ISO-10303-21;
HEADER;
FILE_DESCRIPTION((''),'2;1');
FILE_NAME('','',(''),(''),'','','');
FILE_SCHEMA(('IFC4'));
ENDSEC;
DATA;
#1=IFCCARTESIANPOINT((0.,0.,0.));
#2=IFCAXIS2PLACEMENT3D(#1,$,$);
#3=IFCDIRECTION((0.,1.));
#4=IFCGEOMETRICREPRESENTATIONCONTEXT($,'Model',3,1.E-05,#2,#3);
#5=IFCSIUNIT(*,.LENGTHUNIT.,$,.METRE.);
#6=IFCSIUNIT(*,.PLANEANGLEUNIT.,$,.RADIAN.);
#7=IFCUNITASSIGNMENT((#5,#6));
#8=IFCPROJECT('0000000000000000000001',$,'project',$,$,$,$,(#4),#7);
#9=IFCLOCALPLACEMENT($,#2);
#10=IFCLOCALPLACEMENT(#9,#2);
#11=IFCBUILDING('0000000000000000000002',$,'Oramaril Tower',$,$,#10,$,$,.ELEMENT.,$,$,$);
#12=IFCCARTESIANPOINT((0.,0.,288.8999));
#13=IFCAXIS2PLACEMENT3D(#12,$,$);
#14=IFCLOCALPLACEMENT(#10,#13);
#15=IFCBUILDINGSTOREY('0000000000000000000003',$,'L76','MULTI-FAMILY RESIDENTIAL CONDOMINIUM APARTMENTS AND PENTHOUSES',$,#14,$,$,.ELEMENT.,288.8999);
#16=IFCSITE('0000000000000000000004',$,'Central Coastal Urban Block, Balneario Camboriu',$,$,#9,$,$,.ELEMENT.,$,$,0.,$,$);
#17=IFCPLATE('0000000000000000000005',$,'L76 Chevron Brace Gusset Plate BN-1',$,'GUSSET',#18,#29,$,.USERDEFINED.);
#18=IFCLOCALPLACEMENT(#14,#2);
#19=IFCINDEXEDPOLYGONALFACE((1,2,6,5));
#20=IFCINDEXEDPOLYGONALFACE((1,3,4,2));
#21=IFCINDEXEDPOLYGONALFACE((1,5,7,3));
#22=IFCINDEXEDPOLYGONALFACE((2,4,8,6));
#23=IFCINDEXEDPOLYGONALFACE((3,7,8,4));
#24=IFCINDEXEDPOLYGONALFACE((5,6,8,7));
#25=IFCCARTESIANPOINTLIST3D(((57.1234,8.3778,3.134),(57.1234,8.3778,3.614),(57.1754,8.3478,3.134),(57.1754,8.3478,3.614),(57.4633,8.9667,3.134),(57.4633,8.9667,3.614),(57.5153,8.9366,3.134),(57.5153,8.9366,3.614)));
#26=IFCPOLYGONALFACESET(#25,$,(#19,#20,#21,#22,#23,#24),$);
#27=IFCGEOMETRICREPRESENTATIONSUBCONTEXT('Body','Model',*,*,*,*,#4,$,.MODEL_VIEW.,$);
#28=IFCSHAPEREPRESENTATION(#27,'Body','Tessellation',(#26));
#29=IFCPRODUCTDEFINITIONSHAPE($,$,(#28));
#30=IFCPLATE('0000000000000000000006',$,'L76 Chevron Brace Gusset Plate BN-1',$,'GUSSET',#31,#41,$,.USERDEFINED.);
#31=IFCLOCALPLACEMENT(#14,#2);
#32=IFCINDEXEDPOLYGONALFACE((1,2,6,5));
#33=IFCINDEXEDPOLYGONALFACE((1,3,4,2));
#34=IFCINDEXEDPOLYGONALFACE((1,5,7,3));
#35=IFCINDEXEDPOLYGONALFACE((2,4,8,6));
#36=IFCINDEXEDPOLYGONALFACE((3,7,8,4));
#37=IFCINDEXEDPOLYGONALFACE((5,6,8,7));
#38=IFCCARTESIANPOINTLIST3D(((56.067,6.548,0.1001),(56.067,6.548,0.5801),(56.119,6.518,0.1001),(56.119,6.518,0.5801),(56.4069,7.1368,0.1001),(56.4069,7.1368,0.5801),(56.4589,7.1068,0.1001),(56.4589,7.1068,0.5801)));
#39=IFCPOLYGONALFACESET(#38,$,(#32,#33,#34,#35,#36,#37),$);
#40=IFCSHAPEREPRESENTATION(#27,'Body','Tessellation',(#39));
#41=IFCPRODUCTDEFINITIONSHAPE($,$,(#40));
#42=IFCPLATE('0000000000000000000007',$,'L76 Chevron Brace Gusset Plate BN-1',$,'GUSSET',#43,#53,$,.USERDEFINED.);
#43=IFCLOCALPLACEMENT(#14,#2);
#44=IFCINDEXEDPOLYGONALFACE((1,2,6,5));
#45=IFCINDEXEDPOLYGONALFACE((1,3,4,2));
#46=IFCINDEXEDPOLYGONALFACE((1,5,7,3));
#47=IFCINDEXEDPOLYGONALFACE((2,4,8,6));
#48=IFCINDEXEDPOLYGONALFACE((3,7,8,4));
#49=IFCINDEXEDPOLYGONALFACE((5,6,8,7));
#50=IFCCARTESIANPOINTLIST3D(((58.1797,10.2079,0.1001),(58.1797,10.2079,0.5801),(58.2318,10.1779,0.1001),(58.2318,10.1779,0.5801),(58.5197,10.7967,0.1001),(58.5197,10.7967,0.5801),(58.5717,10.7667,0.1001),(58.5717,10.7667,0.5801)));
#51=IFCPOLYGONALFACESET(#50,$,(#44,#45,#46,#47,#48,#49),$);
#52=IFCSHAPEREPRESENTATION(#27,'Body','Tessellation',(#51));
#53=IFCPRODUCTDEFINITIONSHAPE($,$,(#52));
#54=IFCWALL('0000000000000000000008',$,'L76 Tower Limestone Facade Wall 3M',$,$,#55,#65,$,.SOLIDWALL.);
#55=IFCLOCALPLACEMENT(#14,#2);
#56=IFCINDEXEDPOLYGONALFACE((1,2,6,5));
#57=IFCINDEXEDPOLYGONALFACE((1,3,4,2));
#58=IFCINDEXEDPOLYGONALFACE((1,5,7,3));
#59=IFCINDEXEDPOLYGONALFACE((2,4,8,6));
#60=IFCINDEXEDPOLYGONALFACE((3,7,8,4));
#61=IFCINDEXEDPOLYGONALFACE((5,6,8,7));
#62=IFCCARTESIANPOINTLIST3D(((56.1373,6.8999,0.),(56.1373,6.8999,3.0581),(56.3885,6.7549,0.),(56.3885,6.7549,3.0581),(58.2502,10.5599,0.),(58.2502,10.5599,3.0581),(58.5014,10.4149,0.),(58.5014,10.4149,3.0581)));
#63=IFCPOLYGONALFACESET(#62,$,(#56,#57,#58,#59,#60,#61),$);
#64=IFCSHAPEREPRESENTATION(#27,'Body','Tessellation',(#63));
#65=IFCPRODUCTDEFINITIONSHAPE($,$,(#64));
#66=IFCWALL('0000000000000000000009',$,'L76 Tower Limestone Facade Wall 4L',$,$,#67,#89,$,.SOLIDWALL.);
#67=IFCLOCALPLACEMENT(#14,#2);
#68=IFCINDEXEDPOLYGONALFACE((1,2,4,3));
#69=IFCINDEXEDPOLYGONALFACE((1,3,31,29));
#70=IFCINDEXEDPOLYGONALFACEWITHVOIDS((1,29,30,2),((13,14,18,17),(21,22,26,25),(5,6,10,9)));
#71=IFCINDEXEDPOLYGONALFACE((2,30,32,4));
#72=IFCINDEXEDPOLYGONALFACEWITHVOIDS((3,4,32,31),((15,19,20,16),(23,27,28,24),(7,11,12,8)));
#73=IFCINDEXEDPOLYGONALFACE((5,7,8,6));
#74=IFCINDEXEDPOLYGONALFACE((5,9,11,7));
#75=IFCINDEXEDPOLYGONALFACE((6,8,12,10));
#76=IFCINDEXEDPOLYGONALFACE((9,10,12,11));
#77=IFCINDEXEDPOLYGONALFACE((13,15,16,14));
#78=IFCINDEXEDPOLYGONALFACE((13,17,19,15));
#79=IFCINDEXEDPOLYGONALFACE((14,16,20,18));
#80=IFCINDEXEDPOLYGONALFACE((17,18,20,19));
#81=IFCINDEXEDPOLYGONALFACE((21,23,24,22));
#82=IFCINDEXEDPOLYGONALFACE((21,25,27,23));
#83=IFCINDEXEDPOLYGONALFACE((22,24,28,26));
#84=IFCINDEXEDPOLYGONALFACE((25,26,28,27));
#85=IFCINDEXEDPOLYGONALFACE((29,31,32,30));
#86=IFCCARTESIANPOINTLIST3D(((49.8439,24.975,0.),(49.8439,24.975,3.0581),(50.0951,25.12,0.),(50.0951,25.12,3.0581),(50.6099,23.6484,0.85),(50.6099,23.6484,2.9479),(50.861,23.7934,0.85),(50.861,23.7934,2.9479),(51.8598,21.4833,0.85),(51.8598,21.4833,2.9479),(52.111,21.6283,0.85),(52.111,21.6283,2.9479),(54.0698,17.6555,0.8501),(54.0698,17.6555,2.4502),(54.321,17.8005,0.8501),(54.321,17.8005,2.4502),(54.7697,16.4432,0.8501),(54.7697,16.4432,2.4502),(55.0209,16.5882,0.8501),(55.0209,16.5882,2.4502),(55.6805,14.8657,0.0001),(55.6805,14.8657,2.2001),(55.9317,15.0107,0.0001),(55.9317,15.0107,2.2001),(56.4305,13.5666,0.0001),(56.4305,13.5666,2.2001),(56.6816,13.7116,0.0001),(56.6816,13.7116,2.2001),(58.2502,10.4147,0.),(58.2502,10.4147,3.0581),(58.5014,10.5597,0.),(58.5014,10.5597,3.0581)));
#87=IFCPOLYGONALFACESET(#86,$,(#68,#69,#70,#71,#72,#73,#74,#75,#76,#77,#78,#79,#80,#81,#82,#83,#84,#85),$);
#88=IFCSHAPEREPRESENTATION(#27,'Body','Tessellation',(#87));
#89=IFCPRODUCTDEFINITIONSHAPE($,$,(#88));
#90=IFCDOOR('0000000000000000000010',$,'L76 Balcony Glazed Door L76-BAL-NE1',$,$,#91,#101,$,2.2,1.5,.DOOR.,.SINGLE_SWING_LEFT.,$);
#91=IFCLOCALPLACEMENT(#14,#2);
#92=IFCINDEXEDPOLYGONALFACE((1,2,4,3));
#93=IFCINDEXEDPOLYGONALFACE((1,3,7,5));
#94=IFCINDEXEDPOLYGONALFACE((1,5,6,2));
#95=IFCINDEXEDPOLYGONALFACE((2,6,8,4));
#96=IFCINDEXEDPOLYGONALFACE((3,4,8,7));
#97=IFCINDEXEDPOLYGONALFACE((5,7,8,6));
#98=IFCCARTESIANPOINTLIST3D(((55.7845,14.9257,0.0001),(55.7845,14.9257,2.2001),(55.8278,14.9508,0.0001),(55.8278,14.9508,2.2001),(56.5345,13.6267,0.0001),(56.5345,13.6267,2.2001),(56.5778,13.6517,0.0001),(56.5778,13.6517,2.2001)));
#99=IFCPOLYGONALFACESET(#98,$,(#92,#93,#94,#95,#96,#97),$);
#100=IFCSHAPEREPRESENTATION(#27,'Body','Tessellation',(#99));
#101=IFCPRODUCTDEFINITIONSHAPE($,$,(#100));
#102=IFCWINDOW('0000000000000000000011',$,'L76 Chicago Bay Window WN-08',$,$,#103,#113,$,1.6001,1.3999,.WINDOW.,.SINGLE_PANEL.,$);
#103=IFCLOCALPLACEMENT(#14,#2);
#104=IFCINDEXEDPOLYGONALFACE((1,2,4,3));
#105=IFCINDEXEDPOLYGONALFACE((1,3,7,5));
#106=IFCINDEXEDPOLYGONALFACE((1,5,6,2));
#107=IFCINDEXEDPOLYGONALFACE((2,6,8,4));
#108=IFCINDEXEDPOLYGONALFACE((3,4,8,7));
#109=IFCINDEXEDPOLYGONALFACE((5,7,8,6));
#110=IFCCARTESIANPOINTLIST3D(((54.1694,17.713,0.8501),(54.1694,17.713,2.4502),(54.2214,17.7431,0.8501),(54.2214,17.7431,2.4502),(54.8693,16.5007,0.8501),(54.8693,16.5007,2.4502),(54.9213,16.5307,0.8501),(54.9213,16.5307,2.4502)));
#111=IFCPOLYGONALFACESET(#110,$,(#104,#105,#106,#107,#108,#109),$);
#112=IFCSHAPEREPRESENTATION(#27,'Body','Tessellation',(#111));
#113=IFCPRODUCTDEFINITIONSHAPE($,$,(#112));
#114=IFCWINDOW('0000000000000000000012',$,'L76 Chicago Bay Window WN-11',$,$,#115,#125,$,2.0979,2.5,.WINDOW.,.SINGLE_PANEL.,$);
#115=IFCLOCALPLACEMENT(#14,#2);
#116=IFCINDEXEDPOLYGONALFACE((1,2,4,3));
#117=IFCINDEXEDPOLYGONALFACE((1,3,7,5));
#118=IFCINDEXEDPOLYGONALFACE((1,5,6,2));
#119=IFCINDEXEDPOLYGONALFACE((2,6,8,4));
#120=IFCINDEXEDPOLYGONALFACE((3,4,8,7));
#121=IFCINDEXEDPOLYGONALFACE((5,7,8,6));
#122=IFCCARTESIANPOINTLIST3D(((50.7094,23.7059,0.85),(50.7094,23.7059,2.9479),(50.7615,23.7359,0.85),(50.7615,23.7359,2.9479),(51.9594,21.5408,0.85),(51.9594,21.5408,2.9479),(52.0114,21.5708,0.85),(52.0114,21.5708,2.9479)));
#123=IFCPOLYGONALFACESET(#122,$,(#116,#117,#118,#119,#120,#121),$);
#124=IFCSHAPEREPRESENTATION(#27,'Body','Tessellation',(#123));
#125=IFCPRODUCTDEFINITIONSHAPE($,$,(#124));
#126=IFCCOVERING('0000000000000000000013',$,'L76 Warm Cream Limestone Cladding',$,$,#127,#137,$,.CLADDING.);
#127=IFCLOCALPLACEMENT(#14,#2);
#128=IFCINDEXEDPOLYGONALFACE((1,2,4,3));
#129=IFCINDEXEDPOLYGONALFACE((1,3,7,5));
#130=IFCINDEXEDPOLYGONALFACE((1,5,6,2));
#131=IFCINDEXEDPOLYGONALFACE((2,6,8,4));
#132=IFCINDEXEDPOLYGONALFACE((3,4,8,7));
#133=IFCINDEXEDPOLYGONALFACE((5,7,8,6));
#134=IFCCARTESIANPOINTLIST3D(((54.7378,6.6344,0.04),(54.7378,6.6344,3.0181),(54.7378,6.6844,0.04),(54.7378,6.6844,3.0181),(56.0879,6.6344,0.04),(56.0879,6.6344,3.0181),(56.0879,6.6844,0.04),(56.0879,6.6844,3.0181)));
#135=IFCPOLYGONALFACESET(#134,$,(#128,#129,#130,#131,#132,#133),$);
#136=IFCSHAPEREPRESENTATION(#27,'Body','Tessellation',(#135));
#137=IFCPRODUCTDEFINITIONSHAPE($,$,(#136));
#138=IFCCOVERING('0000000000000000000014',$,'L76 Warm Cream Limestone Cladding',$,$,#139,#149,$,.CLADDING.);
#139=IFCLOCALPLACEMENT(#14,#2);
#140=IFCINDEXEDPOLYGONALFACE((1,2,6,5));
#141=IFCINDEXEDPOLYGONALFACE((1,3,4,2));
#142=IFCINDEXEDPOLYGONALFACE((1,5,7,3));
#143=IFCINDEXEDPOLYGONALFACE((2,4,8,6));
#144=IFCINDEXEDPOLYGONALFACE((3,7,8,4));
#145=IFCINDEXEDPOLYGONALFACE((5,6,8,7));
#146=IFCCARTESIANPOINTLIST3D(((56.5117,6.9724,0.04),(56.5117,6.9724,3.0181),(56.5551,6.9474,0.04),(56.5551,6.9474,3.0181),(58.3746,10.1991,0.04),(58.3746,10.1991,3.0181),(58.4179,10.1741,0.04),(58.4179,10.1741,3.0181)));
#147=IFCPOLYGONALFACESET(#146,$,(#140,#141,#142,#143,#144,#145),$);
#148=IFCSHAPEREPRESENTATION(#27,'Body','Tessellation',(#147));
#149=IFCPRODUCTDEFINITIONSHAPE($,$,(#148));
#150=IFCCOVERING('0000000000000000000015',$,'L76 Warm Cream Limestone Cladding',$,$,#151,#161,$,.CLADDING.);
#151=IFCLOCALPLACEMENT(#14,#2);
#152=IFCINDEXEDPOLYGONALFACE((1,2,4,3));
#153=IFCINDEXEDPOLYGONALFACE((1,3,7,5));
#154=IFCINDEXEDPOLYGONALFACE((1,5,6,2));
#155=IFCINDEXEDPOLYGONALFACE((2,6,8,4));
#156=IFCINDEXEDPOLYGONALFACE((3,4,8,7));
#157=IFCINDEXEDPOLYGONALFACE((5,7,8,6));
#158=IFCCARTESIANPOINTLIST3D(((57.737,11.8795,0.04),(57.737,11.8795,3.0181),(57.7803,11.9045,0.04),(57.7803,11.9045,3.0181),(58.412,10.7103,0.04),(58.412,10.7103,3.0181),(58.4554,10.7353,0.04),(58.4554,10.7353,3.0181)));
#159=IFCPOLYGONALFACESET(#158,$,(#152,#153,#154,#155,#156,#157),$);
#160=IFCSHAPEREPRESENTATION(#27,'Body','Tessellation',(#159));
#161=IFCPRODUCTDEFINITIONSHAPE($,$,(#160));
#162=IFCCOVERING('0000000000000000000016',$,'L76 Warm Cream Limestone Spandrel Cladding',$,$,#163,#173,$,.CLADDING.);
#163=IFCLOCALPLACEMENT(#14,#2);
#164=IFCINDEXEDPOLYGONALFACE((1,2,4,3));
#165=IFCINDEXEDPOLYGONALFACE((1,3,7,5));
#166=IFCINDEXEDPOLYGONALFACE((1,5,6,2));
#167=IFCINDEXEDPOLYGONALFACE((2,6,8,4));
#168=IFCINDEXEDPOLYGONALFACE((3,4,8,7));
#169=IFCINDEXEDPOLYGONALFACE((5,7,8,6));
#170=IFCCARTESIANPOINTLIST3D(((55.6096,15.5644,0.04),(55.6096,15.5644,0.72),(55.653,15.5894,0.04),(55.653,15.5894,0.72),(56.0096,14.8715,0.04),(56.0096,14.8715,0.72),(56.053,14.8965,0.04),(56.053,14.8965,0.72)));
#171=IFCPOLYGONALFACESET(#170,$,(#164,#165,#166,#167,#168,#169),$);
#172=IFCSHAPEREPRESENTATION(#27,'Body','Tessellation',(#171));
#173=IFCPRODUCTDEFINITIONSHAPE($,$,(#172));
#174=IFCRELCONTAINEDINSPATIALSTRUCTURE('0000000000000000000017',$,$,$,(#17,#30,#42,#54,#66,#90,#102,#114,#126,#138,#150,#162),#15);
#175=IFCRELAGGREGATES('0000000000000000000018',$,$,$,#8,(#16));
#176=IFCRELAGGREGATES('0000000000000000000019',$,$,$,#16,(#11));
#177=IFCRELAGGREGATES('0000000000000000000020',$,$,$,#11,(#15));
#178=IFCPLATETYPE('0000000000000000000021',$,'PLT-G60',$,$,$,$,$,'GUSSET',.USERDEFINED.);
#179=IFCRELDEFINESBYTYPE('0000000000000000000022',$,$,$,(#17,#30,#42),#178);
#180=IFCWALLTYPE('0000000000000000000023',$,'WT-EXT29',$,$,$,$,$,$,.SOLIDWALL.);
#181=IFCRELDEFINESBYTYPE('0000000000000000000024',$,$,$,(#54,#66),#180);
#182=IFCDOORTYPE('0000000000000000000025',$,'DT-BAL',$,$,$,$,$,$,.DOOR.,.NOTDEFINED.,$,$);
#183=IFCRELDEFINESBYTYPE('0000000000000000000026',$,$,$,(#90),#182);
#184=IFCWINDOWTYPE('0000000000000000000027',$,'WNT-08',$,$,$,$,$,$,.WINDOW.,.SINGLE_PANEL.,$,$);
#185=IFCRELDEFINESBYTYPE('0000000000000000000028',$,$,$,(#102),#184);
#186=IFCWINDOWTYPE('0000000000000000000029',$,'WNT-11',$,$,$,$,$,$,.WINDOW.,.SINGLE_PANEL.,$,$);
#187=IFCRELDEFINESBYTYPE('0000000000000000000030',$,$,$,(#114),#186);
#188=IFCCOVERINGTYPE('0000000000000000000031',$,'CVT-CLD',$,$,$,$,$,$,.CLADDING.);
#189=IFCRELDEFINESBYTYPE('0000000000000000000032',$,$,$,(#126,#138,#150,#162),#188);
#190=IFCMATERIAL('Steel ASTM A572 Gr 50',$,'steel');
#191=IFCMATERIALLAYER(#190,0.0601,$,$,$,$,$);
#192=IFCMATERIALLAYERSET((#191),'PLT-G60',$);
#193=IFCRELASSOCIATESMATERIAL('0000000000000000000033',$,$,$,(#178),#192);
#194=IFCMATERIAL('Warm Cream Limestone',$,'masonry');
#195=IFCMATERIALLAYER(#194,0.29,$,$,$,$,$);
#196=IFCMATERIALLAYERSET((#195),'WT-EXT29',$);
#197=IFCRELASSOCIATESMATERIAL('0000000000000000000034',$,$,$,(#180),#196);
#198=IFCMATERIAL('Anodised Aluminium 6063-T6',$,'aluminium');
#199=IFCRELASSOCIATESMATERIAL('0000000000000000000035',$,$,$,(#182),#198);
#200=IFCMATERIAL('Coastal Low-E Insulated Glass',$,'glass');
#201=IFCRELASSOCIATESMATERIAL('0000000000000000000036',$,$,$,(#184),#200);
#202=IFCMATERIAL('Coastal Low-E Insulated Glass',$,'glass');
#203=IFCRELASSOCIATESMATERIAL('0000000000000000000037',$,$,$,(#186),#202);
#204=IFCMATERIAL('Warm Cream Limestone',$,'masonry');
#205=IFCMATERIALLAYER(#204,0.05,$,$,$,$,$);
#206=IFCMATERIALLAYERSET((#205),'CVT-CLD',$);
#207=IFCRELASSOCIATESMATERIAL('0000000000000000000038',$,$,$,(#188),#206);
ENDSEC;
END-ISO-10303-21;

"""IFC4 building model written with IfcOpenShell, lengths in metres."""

from ifc_helpers import new_model, si_unit, direction, frame, frame_2d, origin, origin_2d, place, context, subcontext, project, spatial, rectangle, extrude, material, layer, layer_set, type_object, element, fill, save


model = new_model("IFC4")

# Units and contexts
model_context = context("Model", 3, precision=1e-05, world=origin(), true_north=direction((0.0, 1.0)))
body_context = subcontext(model_context, "Body", "Model", "MODEL_VIEW")
ifc_project = project(units=[si_unit("LENGTHUNIT", "METRE"), si_unit("PLANEANGLEUNIT", "RADIAN")], contexts=[model_context])

# Site, building, storey
site_placement = place(None, origin())
site = spatial("IfcSite", under=ifc_project, at=site_placement, Name="Central Coastal Urban Block, Balneario Camboriu", CompositionType="ELEMENT", RefElevation=0.0)
building_placement = place(site_placement, origin())
building = spatial("IfcBuilding", under=site, at=building_placement, Name="Oramaril Tower", CompositionType="ELEMENT")
storey_placement = place(building_placement, frame((0.0, 0.0, 288.8999)))
storey = spatial("IfcBuildingStorey", under=building, at=storey_placement, Name="L76", Description="MULTI-FAMILY RESIDENTIAL CONDOMINIUM APARTMENTS AND PENTHOUSES", CompositionType="ELEMENT", Elevation=288.8999)

# Plates
ifc_material_1 = material(Name="Steel ASTM A572 Gr 50", Category="steel")
ifc_layer_1 = layer(ifc_material_1, 0.0601)
ifc_layer_set_1 = layer_set([ifc_layer_1], Name="PLT-G60")
plate_type = type_object("IfcPlateType", Name="PLT-G60", ElementType="GUSSET", PredefinedType="USERDEFINED", material=ifc_layer_set_1)
for number, where, z_axis, x_axis, name in (
    (1, (57.3193, 8.6572, 3.134), (0.0, 0.0, 1.0), (0.499985, 0.866034, 0.0), "L76 Chevron Brace Gusset Plate BN-1"),
    (2, (56.2629, 6.8274, 0.1001), (0.0, 0.0, 1.0), (0.499985, 0.866034, 0.0), "L76 Chevron Brace Gusset Plate BN-1"),
    (3, (58.3757, 10.4873, 0.1001), (0.0, 0.0, 1.0), (0.499985, 0.866034, 0.0), "L76 Chevron Brace Gusset Plate BN-1"),
):
    element("IfcPlate", number, at=place(storey_placement, frame(where, z_axis=z_axis, x_axis=x_axis)), inside=storey, type_object=plate_type, Name=name, ObjectType="GUSSET", PredefinedType="USERDEFINED", context=body_context, shape_type="SweptSolid", body=[
        extrude(rectangle(XDim=0.6799, YDim=0.0601, at=origin_2d()), origin(), (0.0, 0.0, 1.0), 0.48),
    ])

# Wall
ifc_material_2 = material(Name="Warm Cream Limestone", Category="masonry")
ifc_layer_2 = layer(ifc_material_2, 0.29)
ifc_layer_set_2 = layer_set([ifc_layer_2], Name="WT-EXT29")
wall_type = type_object("IfcWallType", Name="WT-EXT29", PredefinedType="SOLIDWALL", material=ifc_layer_set_2)
wall_1_placement = place(storey_placement, frame((56.2629, 6.8274, 0.0), z_axis=(0.0, 0.0, 1.0), x_axis=(0.499954, 0.866052, 0.0)))
element("IfcWall", 4, at=wall_1_placement, inside=storey, type_object=wall_type, Name="L76 Tower Limestone Facade Wall 3M", PredefinedType="SOLIDWALL", context=body_context, shape_type="SweptSolid", body=[
    extrude(rectangle(XDim=4.2261, YDim=0.29, at=frame_2d((2.113, 0.0))), origin(), (0.0, 0.0, 1.0), 3.0581),
])

# Wall, openings, door, windows
wall_2_placement = place(storey_placement, frame((58.3757, 10.4873, 0.0), z_axis=(0.0, 0.0, 1.0), x_axis=(-0.499994, 0.866029, 0.0)))
wall_2 = element("IfcWall", 5, at=wall_2_placement, inside=storey, type_object=wall_type, Name="L76 Tower Limestone Facade Wall 4L", PredefinedType="SOLIDWALL", context=body_context, shape_type="SweptSolid", body=[
    extrude(rectangle(XDim=16.8127, YDim=0.29, at=frame_2d((8.4062, 0.0))), origin(), (0.0, 0.0, 1.0), 3.0581),
])
opening_1_placement = place(wall_2_placement, frame((3.6394, 0.0, 0.0)))
opening_1 = element("IfcOpeningElement", 6, at=opening_1_placement, cuts=wall_2, PredefinedType="OPENING", context=body_context, shape_type="SweptSolid", body=[
    extrude(rectangle(XDim=1.5, YDim=2.2, at=frame_2d((0.75, 1.1001))), frame((0.0, 0.145, 0.0), z_axis=(0.0, -1.0, 0.0), x_axis=(1.0, 0.0, 0.0)), (0.0, 0.0, 1.0), 0.29),
])
opening_2_placement = place(wall_2_placement, frame((6.9609, 0.0, 0.8501)))
opening_2 = element("IfcOpeningElement", 7, at=opening_2_placement, cuts=wall_2, PredefinedType="OPENING", context=body_context, shape_type="SweptSolid", body=[
    extrude(rectangle(XDim=1.3999, YDim=1.6001, at=frame_2d((0.7, 0.8))), frame((0.0, 0.145, 0.0), z_axis=(0.0, -1.0, 0.0), x_axis=(1.0, 0.0, 0.0)), (0.0, 0.0, 1.0), 0.29),
])
opening_3_placement = place(wall_2_placement, frame((12.7808, 0.0, 0.8501)))
opening_3 = element("IfcOpeningElement", 8, at=opening_3_placement, cuts=wall_2, PredefinedType="OPENING", context=body_context, shape_type="SweptSolid", body=[
    extrude(rectangle(XDim=2.5, YDim=2.0979, at=frame_2d((1.25, 1.0488))), frame((0.0, 0.145, 0.0), z_axis=(0.0, -1.0, 0.0), x_axis=(1.0, 0.0, 0.0)), (0.0, 0.0, 1.0), 0.29),
])
ifc_material_3 = material(Name="Anodised Aluminium 6063-T6", Category="aluminium")
door_type = type_object("IfcDoorType", Name="DT-BAL", OperationType="NOTDEFINED", PredefinedType="DOOR", material=ifc_material_3)
door_placement = place(opening_1_placement, origin())
door = element("IfcDoor", 9, at=door_placement, inside=storey, type_object=door_type, Name="L76 Balcony Glazed Door L76-BAL-NE1", OperationType="SINGLE_SWING_LEFT", OverallHeight=2.2, OverallWidth=1.5, PredefinedType="DOOR", context=body_context, shape_type="SweptSolid", body=[
    extrude(rectangle(XDim=1.5, YDim=2.2, at=frame_2d((0.75, 1.1001))), frame((0.0, 0.0249, 0.0), z_axis=(0.0, -1.0, 0.0), x_axis=(1.0, 0.0, 0.0)), (0.0, 0.0, 1.0), 0.05),
])
fill(opening_1, door)
ifc_material_4 = material(Name="Coastal Low-E Insulated Glass", Category="glass")
window_type_1 = type_object("IfcWindowType", Name="WNT-08", PartitioningType="SINGLE_PANEL", PredefinedType="WINDOW", material=ifc_material_4)
window_1_placement = place(opening_2_placement, origin())
window_1 = element("IfcWindow", 10, at=window_1_placement, inside=storey, type_object=window_type_1, Name="L76 Chicago Bay Window WN-08", OverallHeight=1.6001, OverallWidth=1.3999, PartitioningType="SINGLE_PANEL", PredefinedType="WINDOW", context=body_context, shape_type="SweptSolid", body=[
    extrude(rectangle(XDim=1.3999, YDim=1.6001, at=frame_2d((0.7, 0.8))), frame((0.0, 0.03, 0.0), z_axis=(0.0, -1.0, 0.0), x_axis=(1.0, 0.0, 0.0)), (0.0, 0.0, 1.0), 0.0601),
])
fill(opening_2, window_1)
ifc_material_5 = material(Name="Coastal Low-E Insulated Glass", Category="glass")
window_type_2 = type_object("IfcWindowType", Name="WNT-11", PartitioningType="SINGLE_PANEL", PredefinedType="WINDOW", material=ifc_material_5)
window_2_placement = place(opening_3_placement, origin())
window_2 = element("IfcWindow", 11, at=window_2_placement, inside=storey, type_object=window_type_2, Name="L76 Chicago Bay Window WN-11", OverallHeight=2.0979, OverallWidth=2.5, PartitioningType="SINGLE_PANEL", PredefinedType="WINDOW", context=body_context, shape_type="SweptSolid", body=[
    extrude(rectangle(XDim=2.5, YDim=2.0979, at=frame_2d((1.25, 1.0488))), frame((0.0, 0.03, 0.0), z_axis=(0.0, -1.0, 0.0), x_axis=(1.0, 0.0, 0.0)), (0.0, 0.0, 1.0), 0.0601),
])
fill(opening_3, window_2)

# Coverings
ifc_material_6 = material(Name="Warm Cream Limestone", Category="masonry")
ifc_layer_3 = layer(ifc_material_6, 0.05)
ifc_layer_set_3 = layer_set([ifc_layer_3], Name="CVT-CLD")
covering_type = type_object("IfcCoveringType", Name="CVT-CLD", PredefinedType="CLADDING", material=ifc_layer_set_3)
covering_1_placement = place(storey_placement, frame((55.4128, 6.6594, 0.04), z_axis=(0.0, 0.0, 1.0), x_axis=(1.0, 0.0, 0.0)))
element("IfcCovering", 12, at=covering_1_placement, inside=storey, type_object=covering_type, Name="L76 Warm Cream Limestone Cladding", PredefinedType="CLADDING", context=body_context, shape_type="SweptSolid", body=[
    extrude(rectangle(XDim=1.3501, YDim=0.05, at=origin_2d()), origin(), (0.0, 0.0, 1.0), 2.978),
])
covering_2_placement = place(storey_placement, frame((57.4648, 8.5732, 0.04), z_axis=(0.0, 0.0, 1.0), x_axis=(0.499985, 0.866034, 0.0)))
element("IfcCovering", 13, at=covering_2_placement, inside=storey, type_object=covering_type, Name="L76 Warm Cream Limestone Cladding", PredefinedType="CLADDING", context=body_context, shape_type="SweptSolid", body=[
    extrude(rectangle(XDim=3.7258, YDim=0.05, at=origin_2d()), origin(), (0.0, 0.0, 1.0), 2.978),
])
covering_3_placement = place(storey_placement, frame((58.0962, 11.3074, 0.04), z_axis=(0.0, 0.0, 1.0), x_axis=(-0.499998, 0.866026, 0.0)))
element("IfcCovering", 14, at=covering_3_placement, inside=storey, type_object=covering_type, Name="L76 Warm Cream Limestone Cladding", PredefinedType="CLADDING", context=body_context, shape_type="SweptSolid", body=[
    extrude(rectangle(XDim=1.3501, YDim=0.05, at=origin_2d()), origin(), (0.0, 0.0, 1.0), 2.978),
])
covering_4_placement = place(storey_placement, frame((55.8313, 15.2305, 0.04), z_axis=(0.0, 0.0, 1.0), x_axis=(-0.499998, 0.866026, 0.0)))
element("IfcCovering", 15, at=covering_4_placement, inside=storey, type_object=covering_type, Name="L76 Warm Cream Limestone Spandrel Cladding", PredefinedType="CLADDING", context=body_context, shape_type="SweptSolid", body=[
    extrude(rectangle(XDim=0.8, YDim=0.05, at=origin_2d()), origin(), (0.0, 0.0, 1.0), 0.6799),
])

save(model, "model.ifc")
